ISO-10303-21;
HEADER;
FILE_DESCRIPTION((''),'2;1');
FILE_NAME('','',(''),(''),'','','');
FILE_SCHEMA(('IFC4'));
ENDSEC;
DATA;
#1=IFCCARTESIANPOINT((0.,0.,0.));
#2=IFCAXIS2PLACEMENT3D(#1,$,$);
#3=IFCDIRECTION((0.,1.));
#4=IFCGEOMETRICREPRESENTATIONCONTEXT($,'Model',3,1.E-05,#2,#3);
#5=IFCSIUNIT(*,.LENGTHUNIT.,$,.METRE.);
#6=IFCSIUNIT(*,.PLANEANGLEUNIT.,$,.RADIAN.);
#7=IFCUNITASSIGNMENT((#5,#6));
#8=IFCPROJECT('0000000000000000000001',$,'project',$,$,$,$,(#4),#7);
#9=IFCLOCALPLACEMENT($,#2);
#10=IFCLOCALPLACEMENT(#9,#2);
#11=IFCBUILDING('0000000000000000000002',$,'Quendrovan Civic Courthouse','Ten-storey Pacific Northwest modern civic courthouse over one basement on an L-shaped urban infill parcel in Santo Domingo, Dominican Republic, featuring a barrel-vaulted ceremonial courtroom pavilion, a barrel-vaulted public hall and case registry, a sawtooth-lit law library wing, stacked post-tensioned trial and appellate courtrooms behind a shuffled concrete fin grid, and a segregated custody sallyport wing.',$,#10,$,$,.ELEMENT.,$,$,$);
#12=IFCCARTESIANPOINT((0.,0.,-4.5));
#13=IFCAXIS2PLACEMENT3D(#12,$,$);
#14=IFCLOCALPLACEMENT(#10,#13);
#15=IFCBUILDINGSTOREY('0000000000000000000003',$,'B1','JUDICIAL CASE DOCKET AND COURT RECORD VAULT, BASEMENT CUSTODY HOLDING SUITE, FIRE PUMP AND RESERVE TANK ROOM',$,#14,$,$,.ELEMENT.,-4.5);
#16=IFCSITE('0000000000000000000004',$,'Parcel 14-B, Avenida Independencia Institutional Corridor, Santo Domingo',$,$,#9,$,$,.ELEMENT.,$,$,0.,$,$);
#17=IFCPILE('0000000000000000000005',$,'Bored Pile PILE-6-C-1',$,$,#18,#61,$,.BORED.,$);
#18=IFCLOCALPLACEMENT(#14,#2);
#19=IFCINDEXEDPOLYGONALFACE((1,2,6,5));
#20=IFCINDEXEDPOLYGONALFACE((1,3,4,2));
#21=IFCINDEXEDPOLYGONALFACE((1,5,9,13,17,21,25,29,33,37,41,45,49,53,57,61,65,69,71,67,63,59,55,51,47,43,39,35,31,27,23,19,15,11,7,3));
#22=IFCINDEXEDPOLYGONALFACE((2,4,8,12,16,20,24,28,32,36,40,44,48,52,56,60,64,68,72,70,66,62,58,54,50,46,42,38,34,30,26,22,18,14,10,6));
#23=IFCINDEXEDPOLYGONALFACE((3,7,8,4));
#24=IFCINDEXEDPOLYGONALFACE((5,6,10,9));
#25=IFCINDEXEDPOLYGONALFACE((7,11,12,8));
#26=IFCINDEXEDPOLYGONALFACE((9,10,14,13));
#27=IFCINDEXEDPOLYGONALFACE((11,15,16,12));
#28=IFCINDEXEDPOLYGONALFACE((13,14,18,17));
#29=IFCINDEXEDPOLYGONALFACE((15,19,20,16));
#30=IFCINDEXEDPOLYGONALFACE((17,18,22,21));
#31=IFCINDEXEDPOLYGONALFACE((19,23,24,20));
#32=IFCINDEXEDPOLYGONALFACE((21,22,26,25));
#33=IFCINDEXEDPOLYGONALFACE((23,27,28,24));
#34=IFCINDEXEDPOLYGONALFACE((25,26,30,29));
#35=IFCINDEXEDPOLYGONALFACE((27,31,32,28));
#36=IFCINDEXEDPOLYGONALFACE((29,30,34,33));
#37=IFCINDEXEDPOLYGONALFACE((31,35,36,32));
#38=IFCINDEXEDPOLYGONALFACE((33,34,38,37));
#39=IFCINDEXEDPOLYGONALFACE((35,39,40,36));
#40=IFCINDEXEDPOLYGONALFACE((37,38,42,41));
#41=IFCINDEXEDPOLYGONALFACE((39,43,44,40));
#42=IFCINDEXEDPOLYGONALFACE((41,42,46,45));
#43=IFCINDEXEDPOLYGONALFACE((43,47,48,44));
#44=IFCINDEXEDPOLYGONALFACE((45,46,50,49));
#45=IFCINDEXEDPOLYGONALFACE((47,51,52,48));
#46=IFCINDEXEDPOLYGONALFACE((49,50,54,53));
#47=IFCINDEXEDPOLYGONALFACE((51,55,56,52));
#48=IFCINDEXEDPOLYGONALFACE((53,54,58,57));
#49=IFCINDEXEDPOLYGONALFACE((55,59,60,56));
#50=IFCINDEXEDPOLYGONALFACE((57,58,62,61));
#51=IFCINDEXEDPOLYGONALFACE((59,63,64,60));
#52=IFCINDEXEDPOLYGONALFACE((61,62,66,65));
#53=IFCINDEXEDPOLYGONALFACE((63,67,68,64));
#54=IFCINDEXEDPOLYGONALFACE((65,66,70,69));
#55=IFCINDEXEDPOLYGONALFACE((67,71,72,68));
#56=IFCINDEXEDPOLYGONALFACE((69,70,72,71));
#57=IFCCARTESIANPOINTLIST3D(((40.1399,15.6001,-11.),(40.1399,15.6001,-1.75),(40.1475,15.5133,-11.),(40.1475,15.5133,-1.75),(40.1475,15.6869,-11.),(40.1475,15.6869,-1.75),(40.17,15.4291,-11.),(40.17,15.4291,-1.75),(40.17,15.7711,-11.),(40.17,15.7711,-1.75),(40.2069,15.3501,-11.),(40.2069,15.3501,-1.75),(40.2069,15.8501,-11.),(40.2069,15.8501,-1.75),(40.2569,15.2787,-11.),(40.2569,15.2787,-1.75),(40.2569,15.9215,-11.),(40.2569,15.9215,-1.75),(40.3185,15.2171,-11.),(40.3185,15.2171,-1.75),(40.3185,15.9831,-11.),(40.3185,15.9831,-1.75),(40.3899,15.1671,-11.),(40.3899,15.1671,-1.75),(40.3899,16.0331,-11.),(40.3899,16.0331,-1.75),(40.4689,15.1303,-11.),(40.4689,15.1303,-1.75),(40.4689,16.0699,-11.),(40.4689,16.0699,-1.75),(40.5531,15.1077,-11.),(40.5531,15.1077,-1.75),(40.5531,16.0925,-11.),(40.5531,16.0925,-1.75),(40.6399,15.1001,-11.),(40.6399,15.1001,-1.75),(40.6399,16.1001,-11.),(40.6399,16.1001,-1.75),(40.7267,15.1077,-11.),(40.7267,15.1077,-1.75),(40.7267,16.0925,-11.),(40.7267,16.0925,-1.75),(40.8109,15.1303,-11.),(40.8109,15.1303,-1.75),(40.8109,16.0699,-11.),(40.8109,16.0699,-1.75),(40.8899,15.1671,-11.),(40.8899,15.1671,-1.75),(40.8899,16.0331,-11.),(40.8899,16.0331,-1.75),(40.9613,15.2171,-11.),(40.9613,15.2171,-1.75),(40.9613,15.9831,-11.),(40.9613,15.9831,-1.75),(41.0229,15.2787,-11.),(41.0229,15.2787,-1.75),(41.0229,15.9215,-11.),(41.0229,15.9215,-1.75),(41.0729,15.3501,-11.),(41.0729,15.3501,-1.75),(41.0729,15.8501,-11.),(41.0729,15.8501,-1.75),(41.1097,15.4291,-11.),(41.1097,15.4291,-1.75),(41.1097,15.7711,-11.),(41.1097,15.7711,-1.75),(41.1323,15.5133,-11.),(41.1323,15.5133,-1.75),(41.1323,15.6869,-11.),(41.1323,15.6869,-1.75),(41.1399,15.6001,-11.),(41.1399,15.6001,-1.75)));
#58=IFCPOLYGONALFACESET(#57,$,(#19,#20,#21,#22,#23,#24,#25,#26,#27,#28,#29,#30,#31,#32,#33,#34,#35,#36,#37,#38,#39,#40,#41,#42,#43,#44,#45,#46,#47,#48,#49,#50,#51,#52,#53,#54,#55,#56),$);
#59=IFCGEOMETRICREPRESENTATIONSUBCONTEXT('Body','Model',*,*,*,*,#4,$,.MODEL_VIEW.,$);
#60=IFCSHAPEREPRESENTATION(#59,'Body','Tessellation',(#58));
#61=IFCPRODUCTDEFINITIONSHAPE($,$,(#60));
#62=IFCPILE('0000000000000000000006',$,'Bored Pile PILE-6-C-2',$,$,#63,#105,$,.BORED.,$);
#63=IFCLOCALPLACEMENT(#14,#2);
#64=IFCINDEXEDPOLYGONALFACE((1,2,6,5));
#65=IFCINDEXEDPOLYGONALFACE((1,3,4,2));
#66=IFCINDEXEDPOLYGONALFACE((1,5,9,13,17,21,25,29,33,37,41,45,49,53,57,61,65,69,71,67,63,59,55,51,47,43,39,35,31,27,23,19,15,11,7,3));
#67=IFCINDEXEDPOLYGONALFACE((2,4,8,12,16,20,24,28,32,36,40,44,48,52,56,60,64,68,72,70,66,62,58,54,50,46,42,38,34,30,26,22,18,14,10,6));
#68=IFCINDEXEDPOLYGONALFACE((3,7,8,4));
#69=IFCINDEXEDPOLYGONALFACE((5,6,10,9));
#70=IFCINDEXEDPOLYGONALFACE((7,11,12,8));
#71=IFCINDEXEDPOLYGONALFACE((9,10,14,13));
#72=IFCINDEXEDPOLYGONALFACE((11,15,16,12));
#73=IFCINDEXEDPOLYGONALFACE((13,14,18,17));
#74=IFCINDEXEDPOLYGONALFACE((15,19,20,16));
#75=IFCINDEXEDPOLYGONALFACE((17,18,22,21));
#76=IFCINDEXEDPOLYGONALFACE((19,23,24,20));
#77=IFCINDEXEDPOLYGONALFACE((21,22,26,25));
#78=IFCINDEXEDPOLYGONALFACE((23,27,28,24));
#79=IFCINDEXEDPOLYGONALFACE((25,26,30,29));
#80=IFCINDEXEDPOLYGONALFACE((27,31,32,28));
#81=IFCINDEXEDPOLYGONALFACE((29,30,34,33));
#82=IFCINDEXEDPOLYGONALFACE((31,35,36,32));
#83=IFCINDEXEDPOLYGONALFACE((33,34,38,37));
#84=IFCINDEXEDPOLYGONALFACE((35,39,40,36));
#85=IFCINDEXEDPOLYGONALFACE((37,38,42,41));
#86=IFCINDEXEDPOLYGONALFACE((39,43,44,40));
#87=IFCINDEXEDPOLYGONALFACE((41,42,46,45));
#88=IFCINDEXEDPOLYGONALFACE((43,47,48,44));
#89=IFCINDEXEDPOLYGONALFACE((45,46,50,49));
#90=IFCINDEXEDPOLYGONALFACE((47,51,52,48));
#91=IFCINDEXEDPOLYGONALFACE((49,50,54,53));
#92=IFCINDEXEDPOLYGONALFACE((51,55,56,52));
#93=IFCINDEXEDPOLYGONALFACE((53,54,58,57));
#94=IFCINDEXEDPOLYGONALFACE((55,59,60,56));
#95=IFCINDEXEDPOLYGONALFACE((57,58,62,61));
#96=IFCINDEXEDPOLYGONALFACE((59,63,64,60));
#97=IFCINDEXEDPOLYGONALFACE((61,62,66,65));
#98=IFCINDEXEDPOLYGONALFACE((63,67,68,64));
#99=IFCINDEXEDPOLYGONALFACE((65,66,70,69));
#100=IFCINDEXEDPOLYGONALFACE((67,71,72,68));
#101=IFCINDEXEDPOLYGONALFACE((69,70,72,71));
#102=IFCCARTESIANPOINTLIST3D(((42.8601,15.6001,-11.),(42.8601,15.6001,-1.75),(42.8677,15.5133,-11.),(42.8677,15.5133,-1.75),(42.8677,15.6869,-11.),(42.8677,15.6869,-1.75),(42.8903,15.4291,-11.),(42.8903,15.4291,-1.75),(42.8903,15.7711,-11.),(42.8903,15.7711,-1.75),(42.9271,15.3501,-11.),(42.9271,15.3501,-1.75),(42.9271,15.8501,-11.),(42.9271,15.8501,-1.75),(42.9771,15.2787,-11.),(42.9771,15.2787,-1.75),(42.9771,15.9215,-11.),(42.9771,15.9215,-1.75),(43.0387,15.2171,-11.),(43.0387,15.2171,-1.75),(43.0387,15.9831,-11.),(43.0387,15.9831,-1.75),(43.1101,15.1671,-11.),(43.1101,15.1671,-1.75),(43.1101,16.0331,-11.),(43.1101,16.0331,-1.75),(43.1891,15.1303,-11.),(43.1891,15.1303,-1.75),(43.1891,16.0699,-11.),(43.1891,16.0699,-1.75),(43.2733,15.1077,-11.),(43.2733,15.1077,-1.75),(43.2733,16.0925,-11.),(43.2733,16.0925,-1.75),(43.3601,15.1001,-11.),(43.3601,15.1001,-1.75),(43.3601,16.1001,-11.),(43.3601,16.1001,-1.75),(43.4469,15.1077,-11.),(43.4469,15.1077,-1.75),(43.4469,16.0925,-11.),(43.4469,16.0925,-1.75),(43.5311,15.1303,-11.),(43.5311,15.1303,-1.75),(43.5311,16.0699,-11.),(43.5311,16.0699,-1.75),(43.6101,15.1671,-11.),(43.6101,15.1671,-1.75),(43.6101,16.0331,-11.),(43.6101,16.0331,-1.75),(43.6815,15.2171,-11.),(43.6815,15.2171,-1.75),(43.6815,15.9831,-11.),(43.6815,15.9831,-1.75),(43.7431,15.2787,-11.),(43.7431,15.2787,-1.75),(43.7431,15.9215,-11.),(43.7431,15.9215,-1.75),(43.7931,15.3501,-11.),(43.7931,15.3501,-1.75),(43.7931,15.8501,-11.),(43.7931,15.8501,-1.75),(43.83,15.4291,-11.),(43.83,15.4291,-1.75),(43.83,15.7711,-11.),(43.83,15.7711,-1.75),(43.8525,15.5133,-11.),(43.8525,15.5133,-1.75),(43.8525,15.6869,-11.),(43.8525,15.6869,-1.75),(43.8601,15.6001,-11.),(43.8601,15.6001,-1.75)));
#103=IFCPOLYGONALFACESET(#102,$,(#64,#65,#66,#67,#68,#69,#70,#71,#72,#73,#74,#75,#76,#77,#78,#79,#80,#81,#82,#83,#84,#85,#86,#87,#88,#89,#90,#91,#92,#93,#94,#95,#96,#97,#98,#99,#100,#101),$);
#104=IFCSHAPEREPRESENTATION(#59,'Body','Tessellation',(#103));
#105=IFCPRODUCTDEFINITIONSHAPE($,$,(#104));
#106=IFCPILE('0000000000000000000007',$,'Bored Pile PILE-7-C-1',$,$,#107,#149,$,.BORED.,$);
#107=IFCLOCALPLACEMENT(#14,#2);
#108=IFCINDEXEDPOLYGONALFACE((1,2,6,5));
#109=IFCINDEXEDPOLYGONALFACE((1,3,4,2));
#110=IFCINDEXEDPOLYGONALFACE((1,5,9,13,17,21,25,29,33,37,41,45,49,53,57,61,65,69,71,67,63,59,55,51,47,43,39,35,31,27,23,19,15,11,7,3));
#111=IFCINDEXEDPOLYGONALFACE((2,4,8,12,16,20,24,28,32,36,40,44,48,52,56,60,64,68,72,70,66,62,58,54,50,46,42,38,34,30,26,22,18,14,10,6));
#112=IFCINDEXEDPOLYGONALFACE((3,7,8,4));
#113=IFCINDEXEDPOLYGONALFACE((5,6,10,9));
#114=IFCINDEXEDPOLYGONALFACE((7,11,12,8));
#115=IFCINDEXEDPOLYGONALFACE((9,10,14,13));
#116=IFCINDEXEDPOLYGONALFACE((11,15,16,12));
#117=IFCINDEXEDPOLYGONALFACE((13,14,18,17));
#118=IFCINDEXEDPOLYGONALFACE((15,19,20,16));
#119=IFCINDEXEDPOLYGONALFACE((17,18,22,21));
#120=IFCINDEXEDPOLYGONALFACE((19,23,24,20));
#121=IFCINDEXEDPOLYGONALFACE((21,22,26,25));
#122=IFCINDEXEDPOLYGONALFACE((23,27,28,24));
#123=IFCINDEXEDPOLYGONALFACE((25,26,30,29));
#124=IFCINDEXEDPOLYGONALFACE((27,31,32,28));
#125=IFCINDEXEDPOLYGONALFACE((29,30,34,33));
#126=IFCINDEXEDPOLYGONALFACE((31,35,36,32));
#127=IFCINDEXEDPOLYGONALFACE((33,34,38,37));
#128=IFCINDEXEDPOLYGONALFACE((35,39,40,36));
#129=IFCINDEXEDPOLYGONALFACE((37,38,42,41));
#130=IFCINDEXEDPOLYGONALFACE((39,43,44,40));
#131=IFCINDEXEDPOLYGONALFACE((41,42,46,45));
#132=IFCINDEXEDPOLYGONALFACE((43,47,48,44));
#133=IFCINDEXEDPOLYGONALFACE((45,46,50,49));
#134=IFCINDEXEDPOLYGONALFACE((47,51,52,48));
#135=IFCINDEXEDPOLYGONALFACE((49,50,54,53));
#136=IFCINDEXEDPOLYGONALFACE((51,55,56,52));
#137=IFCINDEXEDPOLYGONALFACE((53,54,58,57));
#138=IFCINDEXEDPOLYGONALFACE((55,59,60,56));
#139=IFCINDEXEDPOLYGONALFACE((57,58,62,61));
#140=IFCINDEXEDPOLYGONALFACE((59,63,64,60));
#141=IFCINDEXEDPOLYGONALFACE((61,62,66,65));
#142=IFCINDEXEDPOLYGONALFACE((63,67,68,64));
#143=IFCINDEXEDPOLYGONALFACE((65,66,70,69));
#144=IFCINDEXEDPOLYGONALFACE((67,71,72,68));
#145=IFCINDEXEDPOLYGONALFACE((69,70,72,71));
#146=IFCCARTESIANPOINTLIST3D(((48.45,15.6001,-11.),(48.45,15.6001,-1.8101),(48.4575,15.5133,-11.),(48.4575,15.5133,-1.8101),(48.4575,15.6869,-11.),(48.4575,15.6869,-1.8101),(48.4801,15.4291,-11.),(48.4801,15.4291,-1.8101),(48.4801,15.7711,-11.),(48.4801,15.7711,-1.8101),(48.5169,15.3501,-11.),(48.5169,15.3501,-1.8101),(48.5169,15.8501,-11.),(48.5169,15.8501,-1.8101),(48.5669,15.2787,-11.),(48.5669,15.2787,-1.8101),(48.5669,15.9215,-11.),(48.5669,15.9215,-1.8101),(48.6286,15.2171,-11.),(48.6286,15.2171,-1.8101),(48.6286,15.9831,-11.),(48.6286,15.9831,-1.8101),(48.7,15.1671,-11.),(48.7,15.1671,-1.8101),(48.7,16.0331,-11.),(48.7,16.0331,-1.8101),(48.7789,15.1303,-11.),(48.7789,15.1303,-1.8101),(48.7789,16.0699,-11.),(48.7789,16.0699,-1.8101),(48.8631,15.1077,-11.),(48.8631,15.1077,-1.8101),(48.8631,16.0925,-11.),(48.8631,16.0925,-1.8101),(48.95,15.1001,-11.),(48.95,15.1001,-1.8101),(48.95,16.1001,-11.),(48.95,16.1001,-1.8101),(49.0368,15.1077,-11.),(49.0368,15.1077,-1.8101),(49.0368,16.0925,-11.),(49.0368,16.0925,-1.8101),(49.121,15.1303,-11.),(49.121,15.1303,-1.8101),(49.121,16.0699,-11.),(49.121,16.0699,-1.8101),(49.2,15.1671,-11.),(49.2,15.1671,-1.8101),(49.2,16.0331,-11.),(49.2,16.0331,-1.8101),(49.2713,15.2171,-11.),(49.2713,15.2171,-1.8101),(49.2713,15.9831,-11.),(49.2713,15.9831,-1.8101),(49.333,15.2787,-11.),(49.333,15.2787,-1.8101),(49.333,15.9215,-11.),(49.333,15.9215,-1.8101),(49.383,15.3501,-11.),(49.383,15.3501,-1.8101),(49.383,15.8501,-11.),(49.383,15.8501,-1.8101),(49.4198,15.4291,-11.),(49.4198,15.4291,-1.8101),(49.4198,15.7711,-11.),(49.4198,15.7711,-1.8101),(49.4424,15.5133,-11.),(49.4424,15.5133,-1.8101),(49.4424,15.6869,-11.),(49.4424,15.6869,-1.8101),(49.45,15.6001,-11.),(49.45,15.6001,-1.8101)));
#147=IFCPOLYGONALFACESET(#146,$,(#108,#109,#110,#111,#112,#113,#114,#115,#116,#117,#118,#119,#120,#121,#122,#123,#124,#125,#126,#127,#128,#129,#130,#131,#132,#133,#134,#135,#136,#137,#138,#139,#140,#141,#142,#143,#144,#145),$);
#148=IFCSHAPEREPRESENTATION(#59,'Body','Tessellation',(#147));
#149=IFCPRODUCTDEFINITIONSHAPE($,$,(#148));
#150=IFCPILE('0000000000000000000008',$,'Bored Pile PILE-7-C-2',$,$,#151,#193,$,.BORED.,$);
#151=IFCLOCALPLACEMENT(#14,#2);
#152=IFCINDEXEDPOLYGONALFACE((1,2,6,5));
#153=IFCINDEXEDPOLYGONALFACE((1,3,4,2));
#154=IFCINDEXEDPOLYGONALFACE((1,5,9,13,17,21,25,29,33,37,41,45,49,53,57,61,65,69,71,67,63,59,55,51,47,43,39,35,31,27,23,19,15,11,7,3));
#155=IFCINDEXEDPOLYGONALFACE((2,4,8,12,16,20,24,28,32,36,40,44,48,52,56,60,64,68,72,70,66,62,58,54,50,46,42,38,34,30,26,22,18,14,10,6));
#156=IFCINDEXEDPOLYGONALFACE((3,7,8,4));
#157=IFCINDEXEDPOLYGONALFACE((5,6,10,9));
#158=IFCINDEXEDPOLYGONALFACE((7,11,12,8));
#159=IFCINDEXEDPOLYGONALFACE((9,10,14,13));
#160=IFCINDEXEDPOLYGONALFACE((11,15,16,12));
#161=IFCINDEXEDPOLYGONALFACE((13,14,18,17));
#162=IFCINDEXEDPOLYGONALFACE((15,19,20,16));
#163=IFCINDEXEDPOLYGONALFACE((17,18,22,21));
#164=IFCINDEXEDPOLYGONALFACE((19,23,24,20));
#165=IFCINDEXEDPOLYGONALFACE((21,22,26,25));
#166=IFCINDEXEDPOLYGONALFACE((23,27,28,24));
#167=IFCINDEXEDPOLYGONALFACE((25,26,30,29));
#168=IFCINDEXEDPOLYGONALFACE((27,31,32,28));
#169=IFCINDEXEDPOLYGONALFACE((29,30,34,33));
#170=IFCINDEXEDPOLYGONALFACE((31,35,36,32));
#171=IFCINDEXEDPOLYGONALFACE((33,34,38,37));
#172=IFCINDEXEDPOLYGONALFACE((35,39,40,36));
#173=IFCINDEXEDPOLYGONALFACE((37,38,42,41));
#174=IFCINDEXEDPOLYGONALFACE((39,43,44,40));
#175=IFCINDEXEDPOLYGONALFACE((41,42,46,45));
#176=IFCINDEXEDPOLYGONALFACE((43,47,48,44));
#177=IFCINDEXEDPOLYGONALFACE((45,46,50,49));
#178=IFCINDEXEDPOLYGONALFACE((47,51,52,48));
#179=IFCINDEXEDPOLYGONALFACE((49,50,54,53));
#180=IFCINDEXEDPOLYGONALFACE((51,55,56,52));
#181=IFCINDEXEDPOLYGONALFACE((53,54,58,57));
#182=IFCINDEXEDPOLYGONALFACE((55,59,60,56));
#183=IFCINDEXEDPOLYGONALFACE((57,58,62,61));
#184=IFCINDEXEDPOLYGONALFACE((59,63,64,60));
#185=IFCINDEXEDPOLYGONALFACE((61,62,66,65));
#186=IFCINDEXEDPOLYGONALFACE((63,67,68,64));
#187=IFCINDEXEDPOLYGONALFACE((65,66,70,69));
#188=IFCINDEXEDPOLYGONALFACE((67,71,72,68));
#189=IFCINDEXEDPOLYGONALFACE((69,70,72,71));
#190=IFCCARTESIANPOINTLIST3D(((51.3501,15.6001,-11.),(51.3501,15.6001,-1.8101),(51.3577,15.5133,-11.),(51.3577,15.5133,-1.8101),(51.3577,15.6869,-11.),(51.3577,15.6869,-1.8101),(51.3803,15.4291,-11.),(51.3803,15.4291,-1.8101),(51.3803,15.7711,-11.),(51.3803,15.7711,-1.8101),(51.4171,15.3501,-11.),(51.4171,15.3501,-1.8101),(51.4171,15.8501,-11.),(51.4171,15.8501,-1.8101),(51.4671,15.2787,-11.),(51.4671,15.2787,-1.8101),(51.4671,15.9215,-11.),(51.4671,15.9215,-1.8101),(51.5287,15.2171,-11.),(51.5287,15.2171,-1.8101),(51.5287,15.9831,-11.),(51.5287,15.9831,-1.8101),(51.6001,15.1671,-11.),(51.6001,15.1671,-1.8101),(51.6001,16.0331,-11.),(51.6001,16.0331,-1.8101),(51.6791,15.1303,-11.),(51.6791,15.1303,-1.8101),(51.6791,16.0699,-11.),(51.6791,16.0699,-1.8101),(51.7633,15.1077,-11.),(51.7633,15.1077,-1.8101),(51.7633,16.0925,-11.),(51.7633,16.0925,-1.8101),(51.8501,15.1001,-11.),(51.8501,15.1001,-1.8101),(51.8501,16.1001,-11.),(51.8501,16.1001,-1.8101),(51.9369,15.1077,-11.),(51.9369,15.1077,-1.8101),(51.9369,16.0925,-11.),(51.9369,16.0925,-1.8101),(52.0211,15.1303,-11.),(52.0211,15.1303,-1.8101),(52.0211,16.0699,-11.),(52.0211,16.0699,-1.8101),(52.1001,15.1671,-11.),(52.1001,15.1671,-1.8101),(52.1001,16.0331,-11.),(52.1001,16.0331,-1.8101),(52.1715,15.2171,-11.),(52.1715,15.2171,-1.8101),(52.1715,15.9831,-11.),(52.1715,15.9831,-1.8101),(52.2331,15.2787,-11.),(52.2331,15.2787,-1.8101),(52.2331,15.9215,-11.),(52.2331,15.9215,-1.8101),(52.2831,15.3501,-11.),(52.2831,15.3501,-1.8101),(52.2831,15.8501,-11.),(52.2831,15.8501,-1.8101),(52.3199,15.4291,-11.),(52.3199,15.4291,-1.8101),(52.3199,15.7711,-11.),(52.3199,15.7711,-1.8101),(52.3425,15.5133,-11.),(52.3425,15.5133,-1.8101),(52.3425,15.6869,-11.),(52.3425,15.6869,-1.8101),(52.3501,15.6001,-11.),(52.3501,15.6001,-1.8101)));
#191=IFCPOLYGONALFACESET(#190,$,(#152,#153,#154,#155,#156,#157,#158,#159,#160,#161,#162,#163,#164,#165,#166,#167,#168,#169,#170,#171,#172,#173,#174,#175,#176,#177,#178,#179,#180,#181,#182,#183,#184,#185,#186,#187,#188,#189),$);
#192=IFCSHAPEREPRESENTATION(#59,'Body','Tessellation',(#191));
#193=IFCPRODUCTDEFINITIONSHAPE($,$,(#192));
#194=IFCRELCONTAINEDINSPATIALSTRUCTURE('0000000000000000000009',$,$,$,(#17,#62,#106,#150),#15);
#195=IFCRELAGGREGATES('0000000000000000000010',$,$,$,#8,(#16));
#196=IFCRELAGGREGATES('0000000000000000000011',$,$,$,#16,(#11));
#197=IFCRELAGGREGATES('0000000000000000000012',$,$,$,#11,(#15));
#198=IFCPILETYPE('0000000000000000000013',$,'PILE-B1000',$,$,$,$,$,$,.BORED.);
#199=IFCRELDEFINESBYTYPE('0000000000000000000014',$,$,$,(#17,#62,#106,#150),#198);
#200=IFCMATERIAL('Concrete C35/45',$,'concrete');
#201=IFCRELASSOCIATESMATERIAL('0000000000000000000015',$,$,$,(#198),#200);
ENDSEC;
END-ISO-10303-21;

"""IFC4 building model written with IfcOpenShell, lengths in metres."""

from ifc_helpers import new_model, si_unit, direction, frame, origin, origin_2d, place, context, subcontext, project, spatial, circle, extrude, material, material_profile, profile_set, type_object, element, save


model = new_model("IFC4")

# Units and contexts
model_context = context("Model", 3, precision=1e-05, world=origin(), true_north=direction((0.0, 1.0)))
body_context = subcontext(model_context, "Body", "Model", "MODEL_VIEW")
ifc_project = project(units=[si_unit("LENGTHUNIT", "METRE"), si_unit("PLANEANGLEUNIT", "RADIAN")], contexts=[model_context])

# Site, building, storey
site_placement = place(None, origin())
site = spatial("IfcSite", under=ifc_project, at=site_placement, Name="Parcel 14-B, Avenida Independencia Institutional Corridor, Santo Domingo", CompositionType="ELEMENT", RefElevation=0.0)
building_placement = place(site_placement, origin())
building = spatial("IfcBuilding", under=site, at=building_placement, Name="Quendrovan Civic Courthouse", Description="Ten-storey Pacific Northwest modern civic courthouse over one basement on an L-shaped urban infill parcel in Santo Domingo, Dominican Republic, featuring a barrel-vaulted ceremonial courtroom pavilion, a barrel-vaulted public hall and case registry, a sawtooth-lit law library wing, stacked post-tensioned trial and appellate courtrooms behind a shuffled concrete fin grid, and a segregated custody sallyport wing.", CompositionType="ELEMENT")
storey_placement = place(building_placement, frame((0.0, 0.0, -4.5)))
storey = spatial("IfcBuildingStorey", under=building, at=storey_placement, Name="B1", Description="JUDICIAL CASE DOCKET AND COURT RECORD VAULT, BASEMENT CUSTODY HOLDING SUITE, FIRE PUMP AND RESERVE TANK ROOM", CompositionType="ELEMENT", Elevation=-4.5)

# Shared definitions
ifc_material_1 = material(Name="Concrete C35/45", Category="concrete")

# Piles
ifc_material_profile_1 = material_profile(ifc_material_1, circle(Radius=0.5, at=origin_2d()), Name="PILE-D1000")
ifc_profile_set_1 = profile_set([ifc_material_profile_1], Name="Concrete C35/45")
pile_type = type_object("IfcPileType", Name="PILE-B1000", PredefinedType="BORED", material=ifc_profile_set_1)
for number, where, z_axis, x_axis, name in (
    (1, (40.6399, 15.6001, -1.75), (0.0, 0.0, -1.0), (1.0, 0.0, 0.0), "Bored Pile PILE-6-C-1"),
    (2, (43.3601, 15.6001, -1.75), (0.0, 0.0, -1.0), (1.0, 0.0, 0.0), "Bored Pile PILE-6-C-2"),
):
    element("IfcPile", number, at=place(storey_placement, frame(where, z_axis=z_axis, x_axis=x_axis)), inside=storey, type_object=pile_type, Name=name, PredefinedType="BORED", context=body_context, shape_type="SweptSolid", body=[
        extrude(circle(Radius=0.5, at=origin_2d()), origin(), (0.0, 0.0, 1.0), 9.25),
    ])
for number, where, z_axis, x_axis, name in (
    (3, (48.95, 15.6001, -1.8101), (0.0, 0.0, -1.0), (1.0, 0.0, 0.0), "Bored Pile PILE-7-C-1"),
    (4, (51.8501, 15.6001, -1.8101), (0.0, 0.0, -1.0), (1.0, 0.0, 0.0), "Bored Pile PILE-7-C-2"),
):
    element("IfcPile", number, at=place(storey_placement, frame(where, z_axis=z_axis, x_axis=x_axis)), inside=storey, type_object=pile_type, Name=name, PredefinedType="BORED", context=body_context, shape_type="SweptSolid", body=[
        extrude(circle(Radius=0.5, at=origin_2d()), origin(), (0.0, 0.0, 1.0), 9.1899),
    ])

save(model, "model.ifc")
